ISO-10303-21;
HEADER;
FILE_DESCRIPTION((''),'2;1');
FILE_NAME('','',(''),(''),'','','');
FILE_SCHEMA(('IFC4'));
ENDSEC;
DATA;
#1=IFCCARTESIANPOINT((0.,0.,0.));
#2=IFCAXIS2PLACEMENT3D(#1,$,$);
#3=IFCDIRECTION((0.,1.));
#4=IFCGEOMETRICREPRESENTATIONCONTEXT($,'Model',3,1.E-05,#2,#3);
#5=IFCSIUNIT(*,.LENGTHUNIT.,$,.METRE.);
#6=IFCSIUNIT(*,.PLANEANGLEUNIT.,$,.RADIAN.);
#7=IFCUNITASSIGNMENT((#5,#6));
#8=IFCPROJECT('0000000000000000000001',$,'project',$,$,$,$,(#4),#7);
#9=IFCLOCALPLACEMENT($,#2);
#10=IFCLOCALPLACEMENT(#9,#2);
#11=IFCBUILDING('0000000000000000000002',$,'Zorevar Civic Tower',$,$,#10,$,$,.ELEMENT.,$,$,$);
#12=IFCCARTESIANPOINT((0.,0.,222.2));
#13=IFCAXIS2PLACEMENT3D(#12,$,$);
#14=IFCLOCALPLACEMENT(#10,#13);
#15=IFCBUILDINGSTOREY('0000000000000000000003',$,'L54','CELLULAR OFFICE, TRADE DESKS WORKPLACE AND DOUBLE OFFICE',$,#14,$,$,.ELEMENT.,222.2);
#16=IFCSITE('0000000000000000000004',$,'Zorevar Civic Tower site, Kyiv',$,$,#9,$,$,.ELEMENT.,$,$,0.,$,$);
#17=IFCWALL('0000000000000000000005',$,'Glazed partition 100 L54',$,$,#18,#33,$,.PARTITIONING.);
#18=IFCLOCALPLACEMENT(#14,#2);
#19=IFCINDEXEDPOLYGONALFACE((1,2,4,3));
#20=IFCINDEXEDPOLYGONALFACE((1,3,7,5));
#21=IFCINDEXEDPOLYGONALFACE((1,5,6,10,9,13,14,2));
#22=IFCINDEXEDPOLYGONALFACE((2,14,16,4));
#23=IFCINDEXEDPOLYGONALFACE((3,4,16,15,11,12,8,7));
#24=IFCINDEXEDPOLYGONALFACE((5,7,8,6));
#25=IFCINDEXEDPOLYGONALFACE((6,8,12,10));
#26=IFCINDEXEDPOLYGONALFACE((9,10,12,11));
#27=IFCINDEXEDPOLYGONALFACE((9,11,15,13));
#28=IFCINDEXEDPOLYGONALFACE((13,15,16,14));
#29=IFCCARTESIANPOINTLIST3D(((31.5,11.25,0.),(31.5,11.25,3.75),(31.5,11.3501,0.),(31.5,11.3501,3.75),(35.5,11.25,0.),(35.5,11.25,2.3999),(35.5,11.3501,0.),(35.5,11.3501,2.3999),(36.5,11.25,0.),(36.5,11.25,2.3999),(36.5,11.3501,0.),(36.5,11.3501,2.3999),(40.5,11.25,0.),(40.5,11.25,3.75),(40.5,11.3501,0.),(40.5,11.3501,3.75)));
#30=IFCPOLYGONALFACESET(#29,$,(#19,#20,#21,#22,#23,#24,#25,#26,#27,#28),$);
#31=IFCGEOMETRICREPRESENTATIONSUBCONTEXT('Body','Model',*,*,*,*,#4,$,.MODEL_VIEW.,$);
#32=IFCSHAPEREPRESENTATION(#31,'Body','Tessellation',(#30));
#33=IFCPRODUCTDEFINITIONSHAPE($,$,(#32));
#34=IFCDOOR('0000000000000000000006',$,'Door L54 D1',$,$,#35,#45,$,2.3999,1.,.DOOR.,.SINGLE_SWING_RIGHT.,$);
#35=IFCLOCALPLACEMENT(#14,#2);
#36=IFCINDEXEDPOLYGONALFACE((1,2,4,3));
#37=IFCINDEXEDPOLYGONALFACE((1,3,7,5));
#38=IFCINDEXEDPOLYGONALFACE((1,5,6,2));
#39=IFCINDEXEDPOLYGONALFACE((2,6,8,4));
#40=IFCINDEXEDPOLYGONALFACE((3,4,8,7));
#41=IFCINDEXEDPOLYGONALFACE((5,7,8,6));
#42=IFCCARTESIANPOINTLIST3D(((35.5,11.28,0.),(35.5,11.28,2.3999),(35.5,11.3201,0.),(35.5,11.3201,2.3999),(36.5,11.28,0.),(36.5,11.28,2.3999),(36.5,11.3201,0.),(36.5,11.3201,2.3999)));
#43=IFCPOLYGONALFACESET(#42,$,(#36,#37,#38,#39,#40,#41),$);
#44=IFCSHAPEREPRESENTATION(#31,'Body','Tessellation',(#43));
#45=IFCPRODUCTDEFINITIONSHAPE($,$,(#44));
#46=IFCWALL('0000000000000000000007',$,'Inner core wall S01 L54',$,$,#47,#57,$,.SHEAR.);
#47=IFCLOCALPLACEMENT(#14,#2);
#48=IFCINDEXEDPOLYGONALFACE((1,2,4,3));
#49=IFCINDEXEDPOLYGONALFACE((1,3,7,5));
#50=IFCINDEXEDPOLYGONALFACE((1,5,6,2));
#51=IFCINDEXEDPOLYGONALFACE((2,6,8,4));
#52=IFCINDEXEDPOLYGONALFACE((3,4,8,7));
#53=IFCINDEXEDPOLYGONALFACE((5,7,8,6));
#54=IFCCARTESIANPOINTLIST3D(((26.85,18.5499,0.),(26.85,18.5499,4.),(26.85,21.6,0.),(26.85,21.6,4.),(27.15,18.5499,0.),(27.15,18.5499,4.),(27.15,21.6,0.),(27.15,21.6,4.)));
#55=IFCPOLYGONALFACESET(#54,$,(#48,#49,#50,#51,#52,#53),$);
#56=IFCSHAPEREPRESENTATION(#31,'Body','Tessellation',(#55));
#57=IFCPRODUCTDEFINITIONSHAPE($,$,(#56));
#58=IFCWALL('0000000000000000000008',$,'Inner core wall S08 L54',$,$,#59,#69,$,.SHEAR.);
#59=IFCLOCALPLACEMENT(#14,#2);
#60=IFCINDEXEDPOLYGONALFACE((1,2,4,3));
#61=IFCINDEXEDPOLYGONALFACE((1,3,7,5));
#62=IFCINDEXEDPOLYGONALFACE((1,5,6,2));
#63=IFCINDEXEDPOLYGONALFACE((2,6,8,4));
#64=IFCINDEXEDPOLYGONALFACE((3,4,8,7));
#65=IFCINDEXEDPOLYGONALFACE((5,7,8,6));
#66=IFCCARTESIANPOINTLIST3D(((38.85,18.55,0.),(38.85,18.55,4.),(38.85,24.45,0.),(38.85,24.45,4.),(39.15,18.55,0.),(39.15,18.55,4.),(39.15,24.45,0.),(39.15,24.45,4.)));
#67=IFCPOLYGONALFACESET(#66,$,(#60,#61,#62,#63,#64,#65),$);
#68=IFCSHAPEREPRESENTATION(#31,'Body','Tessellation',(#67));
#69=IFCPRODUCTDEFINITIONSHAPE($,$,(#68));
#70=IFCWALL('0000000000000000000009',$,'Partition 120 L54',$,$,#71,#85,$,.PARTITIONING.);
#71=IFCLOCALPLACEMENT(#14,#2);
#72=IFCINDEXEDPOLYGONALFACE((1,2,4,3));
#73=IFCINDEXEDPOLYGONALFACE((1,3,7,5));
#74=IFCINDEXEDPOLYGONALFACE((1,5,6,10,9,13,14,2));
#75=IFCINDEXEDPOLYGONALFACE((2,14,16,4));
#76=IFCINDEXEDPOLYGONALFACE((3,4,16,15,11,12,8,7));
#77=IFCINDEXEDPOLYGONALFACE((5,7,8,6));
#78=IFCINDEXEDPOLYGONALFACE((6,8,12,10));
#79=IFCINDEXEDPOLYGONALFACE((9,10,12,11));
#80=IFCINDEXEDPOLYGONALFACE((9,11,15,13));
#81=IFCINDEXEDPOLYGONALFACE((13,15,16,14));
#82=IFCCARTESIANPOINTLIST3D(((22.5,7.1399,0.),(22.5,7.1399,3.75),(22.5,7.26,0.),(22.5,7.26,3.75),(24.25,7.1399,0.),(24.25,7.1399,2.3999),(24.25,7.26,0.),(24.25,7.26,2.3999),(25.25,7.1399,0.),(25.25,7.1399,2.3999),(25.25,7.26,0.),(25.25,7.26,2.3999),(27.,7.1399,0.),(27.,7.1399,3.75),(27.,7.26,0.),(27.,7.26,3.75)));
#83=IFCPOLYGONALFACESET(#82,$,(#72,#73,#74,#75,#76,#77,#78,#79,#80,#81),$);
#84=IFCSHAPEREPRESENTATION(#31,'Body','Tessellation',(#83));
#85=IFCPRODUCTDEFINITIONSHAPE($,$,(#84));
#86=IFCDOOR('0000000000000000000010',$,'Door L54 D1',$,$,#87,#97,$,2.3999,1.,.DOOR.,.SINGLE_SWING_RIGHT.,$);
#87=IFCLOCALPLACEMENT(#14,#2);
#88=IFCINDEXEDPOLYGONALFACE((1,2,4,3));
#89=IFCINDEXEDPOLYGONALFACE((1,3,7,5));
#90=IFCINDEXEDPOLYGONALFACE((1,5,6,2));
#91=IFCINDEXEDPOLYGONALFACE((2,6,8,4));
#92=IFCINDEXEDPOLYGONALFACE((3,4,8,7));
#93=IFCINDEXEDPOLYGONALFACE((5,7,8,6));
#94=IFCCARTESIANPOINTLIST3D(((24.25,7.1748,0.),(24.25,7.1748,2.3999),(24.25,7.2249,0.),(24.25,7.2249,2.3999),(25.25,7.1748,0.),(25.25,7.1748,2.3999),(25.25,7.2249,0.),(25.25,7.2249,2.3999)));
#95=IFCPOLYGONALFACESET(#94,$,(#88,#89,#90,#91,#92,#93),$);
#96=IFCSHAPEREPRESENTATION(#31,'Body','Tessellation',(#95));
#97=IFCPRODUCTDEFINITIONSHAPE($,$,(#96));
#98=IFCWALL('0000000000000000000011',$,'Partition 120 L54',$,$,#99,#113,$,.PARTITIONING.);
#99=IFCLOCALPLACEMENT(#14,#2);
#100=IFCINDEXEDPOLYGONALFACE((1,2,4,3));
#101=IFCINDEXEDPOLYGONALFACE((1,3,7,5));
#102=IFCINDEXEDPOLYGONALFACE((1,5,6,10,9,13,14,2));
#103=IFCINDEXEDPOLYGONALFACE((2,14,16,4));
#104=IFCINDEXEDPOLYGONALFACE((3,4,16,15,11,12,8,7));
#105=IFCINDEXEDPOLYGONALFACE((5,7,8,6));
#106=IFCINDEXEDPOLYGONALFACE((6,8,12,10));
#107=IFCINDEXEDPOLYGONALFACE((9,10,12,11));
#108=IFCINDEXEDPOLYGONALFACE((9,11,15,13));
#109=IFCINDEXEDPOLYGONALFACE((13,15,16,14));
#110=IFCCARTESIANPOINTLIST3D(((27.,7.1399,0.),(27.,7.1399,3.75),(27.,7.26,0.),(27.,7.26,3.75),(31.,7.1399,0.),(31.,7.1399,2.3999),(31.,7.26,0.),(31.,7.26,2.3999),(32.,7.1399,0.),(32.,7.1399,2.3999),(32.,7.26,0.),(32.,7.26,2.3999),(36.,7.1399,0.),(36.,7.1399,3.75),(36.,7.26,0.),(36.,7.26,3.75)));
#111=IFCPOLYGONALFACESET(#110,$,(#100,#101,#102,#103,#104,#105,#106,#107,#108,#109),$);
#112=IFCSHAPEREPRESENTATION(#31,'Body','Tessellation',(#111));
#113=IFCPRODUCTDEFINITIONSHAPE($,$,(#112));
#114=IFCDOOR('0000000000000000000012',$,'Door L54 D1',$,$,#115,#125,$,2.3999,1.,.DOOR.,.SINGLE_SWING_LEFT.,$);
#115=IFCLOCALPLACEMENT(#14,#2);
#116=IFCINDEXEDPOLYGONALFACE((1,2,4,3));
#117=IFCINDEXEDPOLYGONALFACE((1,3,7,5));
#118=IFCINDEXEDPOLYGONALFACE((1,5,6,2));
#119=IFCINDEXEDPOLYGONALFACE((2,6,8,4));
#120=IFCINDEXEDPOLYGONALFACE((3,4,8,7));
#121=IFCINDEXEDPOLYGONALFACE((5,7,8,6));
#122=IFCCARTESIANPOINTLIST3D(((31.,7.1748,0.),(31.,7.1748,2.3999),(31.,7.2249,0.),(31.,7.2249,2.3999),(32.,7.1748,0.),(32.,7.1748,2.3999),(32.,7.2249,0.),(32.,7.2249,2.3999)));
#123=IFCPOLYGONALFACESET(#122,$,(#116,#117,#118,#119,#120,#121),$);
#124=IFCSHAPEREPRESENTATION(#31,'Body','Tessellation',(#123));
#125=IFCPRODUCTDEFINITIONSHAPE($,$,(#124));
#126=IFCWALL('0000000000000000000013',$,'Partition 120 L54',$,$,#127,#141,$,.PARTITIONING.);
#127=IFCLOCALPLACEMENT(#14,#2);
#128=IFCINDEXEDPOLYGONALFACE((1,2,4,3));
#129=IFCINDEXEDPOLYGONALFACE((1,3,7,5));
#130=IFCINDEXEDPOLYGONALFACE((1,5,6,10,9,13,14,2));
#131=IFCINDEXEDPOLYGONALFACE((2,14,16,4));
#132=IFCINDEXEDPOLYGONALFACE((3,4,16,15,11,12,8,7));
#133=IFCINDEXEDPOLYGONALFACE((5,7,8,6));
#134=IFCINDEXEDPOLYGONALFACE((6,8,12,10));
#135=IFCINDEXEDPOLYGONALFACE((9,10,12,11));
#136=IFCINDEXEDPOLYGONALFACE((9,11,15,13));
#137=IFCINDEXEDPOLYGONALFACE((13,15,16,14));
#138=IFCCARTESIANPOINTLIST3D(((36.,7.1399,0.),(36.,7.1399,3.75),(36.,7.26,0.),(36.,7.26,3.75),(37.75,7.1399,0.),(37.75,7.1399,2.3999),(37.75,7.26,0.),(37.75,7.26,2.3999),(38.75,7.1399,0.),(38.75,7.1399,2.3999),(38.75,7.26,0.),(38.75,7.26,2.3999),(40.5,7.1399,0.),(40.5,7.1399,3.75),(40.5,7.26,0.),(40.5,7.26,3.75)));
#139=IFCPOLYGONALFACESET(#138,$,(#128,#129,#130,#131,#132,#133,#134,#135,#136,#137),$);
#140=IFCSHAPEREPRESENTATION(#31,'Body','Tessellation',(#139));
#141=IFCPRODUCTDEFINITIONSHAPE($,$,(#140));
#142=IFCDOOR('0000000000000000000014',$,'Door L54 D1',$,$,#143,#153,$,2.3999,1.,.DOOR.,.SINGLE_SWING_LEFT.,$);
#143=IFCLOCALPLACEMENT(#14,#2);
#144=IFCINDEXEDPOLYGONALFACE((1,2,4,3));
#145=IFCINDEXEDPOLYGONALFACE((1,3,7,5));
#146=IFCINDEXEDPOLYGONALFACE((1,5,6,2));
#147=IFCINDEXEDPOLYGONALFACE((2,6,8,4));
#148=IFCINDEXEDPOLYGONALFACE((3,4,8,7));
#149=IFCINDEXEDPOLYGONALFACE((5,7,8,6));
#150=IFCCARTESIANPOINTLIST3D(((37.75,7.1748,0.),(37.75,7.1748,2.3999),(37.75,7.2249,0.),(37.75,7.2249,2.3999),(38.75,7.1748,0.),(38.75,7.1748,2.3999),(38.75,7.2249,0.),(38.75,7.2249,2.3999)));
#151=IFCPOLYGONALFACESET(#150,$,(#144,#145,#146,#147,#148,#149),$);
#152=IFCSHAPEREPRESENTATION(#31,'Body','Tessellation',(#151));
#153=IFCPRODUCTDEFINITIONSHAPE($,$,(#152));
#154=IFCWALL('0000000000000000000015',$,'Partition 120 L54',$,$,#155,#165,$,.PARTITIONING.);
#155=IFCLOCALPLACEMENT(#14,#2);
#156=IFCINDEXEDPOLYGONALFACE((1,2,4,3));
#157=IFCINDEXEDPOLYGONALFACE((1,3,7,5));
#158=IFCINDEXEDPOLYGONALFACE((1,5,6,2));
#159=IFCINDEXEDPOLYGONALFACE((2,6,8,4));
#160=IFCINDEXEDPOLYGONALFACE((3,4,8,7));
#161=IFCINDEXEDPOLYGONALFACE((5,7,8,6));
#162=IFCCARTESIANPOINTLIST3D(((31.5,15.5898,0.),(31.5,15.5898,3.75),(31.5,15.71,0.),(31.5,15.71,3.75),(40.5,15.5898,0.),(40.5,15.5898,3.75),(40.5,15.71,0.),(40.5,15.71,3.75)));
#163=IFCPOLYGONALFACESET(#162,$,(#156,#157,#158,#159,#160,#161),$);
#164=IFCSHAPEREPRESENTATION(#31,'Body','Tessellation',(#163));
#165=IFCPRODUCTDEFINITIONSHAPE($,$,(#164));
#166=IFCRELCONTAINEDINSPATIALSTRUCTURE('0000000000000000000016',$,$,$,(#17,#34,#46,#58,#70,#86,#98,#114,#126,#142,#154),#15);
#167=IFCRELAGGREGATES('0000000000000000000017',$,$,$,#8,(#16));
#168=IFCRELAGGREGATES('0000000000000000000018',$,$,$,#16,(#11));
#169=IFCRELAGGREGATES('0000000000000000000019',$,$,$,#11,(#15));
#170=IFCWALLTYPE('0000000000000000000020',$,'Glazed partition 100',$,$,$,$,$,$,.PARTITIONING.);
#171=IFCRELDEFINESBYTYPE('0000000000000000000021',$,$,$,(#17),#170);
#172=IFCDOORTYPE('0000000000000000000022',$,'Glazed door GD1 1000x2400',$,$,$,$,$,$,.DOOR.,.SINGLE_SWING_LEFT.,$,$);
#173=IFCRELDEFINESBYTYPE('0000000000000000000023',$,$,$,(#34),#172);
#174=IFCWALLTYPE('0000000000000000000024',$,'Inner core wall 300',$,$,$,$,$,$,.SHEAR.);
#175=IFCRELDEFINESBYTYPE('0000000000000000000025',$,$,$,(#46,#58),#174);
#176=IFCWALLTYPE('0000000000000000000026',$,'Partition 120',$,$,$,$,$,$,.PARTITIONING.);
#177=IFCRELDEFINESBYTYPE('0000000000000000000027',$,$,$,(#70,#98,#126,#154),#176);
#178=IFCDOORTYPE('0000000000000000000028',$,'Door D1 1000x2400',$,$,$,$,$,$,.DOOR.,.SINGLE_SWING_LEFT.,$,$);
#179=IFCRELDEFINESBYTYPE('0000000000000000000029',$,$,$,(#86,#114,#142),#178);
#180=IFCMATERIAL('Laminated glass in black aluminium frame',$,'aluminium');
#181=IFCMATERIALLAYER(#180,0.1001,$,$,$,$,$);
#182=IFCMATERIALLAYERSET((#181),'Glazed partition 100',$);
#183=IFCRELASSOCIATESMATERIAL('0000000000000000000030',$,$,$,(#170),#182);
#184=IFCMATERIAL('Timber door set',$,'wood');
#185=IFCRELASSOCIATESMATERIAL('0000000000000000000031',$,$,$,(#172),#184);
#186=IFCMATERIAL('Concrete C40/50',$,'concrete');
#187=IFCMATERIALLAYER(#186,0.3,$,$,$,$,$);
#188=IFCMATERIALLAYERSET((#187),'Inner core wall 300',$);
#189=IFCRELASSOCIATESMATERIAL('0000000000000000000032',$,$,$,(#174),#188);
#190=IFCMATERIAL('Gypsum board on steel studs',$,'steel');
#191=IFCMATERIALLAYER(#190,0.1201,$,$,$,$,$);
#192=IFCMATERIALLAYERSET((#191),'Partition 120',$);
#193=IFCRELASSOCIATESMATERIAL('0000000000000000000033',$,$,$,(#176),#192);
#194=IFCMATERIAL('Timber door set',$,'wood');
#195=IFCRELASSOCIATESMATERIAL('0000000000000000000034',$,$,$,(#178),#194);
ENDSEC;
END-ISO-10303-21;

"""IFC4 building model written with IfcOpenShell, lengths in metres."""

from ifc_helpers import new_model, si_unit, direction, frame, frame_2d, origin, place, context, subcontext, project, spatial, rectangle, extrude, material, layer, layer_set, type_object, element, fill, save


model = new_model("IFC4")

# Units and contexts
model_context = context("Model", 3, precision=1e-05, world=origin(), true_north=direction((0.0, 1.0)))
body_context = subcontext(model_context, "Body", "Model", "MODEL_VIEW")
ifc_project = project(units=[si_unit("LENGTHUNIT", "METRE"), si_unit("PLANEANGLEUNIT", "RADIAN")], contexts=[model_context])

# Site, building, storey
site_placement = place(None, origin())
site = spatial("IfcSite", under=ifc_project, at=site_placement, Name="Zorevar Civic Tower site, Kyiv", CompositionType="ELEMENT", RefElevation=0.0)
building_placement = place(site_placement, origin())
building = spatial("IfcBuilding", under=site, at=building_placement, Name="Zorevar Civic Tower", CompositionType="ELEMENT")
storey_placement = place(building_placement, frame((0.0, 0.0, 222.2)))
storey = spatial("IfcBuildingStorey", under=building, at=storey_placement, Name="L54", Description="CELLULAR OFFICE, TRADE DESKS WORKPLACE AND DOUBLE OFFICE", CompositionType="ELEMENT", Elevation=222.2)

# Wall, opening, door
ifc_material_1 = material(Name="Laminated glass in black aluminium frame", Category="aluminium")
ifc_layer_1 = layer(ifc_material_1, 0.1001)
ifc_layer_set_1 = layer_set([ifc_layer_1], Name="Glazed partition 100")
wall_type_1 = type_object("IfcWallType", Name="Glazed partition 100", PredefinedType="PARTITIONING", material=ifc_layer_set_1)
wall_1_placement = place(storey_placement, frame((31.5, 11.3, 0.0), z_axis=(0.0, 0.0, 1.0), x_axis=(1.0, 0.0, 0.0)))
wall_1 = element("IfcWall", 1, at=wall_1_placement, inside=storey, type_object=wall_type_1, Name="Glazed partition 100 L54", PredefinedType="PARTITIONING", context=body_context, shape_type="SweptSolid", body=[
    extrude(rectangle(XDim=9.0, YDim=0.1001, at=frame_2d((4.5, 0.0))), origin(), (0.0, 0.0, 1.0), 3.75),
])
opening_1_placement = place(wall_1_placement, frame((4.0, 0.0, 0.0)))
opening_1 = element("IfcOpeningElement", 2, at=opening_1_placement, cuts=wall_1, PredefinedType="OPENING", context=body_context, shape_type="SweptSolid", body=[
    extrude(rectangle(XDim=1.0, YDim=2.3999, at=frame_2d((0.5, 1.2))), frame((0.0, 0.0601, 0.0), z_axis=(0.0, -1.0, 0.0), x_axis=(1.0, 0.0, 0.0)), (0.0, 0.0, 1.0), 0.1201),
])
ifc_material_2 = material(Name="Timber door set", Category="wood")
door_type_1 = type_object("IfcDoorType", Name="Glazed door GD1 1000x2400", OperationType="SINGLE_SWING_LEFT", PredefinedType="DOOR", material=ifc_material_2)
door_1_placement = place(opening_1_placement, origin())
door_1 = element("IfcDoor", 3, at=door_1_placement, inside=storey, type_object=door_type_1, Name="Door L54 D1", OperationType="SINGLE_SWING_RIGHT", OverallHeight=2.3999, OverallWidth=1.0, PredefinedType="DOOR", context=body_context, shape_type="SweptSolid", body=[
    extrude(rectangle(XDim=1.0, YDim=2.3999, at=frame_2d((0.5, 1.2))), frame((0.0, 0.02, 0.0), z_axis=(0.0, -1.0, 0.0), x_axis=(1.0, 0.0, 0.0)), (0.0, 0.0, 1.0), 0.04),
])
fill(opening_1, door_1)

# Walls
ifc_material_3 = material(Name="Concrete C40/50", Category="concrete")
ifc_layer_2 = layer(ifc_material_3, 0.3)
ifc_layer_set_2 = layer_set([ifc_layer_2], Name="Inner core wall 300")
wall_type_2 = type_object("IfcWallType", Name="Inner core wall 300", PredefinedType="SHEAR", material=ifc_layer_set_2)
wall_2_placement = place(storey_placement, frame((27.0, 18.55, 0.0), z_axis=(0.0, 0.0, 1.0), x_axis=(0.0, 1.0, 0.0)))
element("IfcWall", 4, at=wall_2_placement, inside=storey, type_object=wall_type_2, Name="Inner core wall S01 L54", PredefinedType="SHEAR", context=body_context, shape_type="SweptSolid", body=[
    extrude(rectangle(XDim=3.05, YDim=0.3, at=frame_2d((1.5249, 0.0))), origin(), (0.0, 0.0, 1.0), 4.0),
])
wall_3_placement = place(storey_placement, frame((39.0, 18.55, 0.0), z_axis=(0.0, 0.0, 1.0), x_axis=(0.0, 1.0, 0.0)))
element("IfcWall", 5, at=wall_3_placement, inside=storey, type_object=wall_type_2, Name="Inner core wall S08 L54", PredefinedType="SHEAR", context=body_context, shape_type="SweptSolid", body=[
    extrude(rectangle(XDim=5.8999, YDim=0.3, at=frame_2d((2.95, 0.0))), origin(), (0.0, 0.0, 1.0), 4.0),
])

# Walls, openings, doors
ifc_material_4 = material(Name="Gypsum board on steel studs", Category="steel")
ifc_layer_3 = layer(ifc_material_4, 0.1201)
ifc_layer_set_3 = layer_set([ifc_layer_3], Name="Partition 120")
wall_type_3 = type_object("IfcWallType", Name="Partition 120", PredefinedType="PARTITIONING", material=ifc_layer_set_3)
wall_4_placement = place(storey_placement, frame((22.5, 7.2, 0.0), z_axis=(0.0, 0.0, 1.0), x_axis=(1.0, 0.0, 0.0)))
wall_4 = element("IfcWall", 6, at=wall_4_placement, inside=storey, type_object=wall_type_3, Name="Partition 120 L54", PredefinedType="PARTITIONING", context=body_context, shape_type="SweptSolid", body=[
    extrude(rectangle(XDim=4.5, YDim=0.1201, at=frame_2d((2.25, 0.0))), origin(), (0.0, 0.0, 1.0), 3.75),
])
opening_2_placement = place(wall_4_placement, frame((1.75, 0.0, 0.0)))
opening_2 = element("IfcOpeningElement", 7, at=opening_2_placement, cuts=wall_4, PredefinedType="OPENING", context=body_context, shape_type="SweptSolid", body=[
    extrude(rectangle(XDim=1.0, YDim=2.3999, at=frame_2d((0.5, 1.2))), frame((0.0, 0.0701, 0.0), z_axis=(0.0, -1.0, 0.0), x_axis=(1.0, 0.0, 0.0)), (0.0, 0.0, 1.0), 0.1401),
])
ifc_material_5 = material(Name="Timber door set", Category="wood")
door_type_2 = type_object("IfcDoorType", Name="Door D1 1000x2400", OperationType="SINGLE_SWING_LEFT", PredefinedType="DOOR", material=ifc_material_5)
door_2_placement = place(opening_2_placement, origin())
door_2 = element("IfcDoor", 8, at=door_2_placement, inside=storey, type_object=door_type_2, Name="Door L54 D1", OperationType="SINGLE_SWING_RIGHT", OverallHeight=2.3999, OverallWidth=1.0, PredefinedType="DOOR", context=body_context, shape_type="SweptSolid", body=[
    extrude(rectangle(XDim=1.0, YDim=2.3999, at=frame_2d((0.5, 1.2))), frame((0.0, 0.0249, 0.0), z_axis=(0.0, -1.0, 0.0), x_axis=(1.0, 0.0, 0.0)), (0.0, 0.0, 1.0), 0.05),
])
fill(opening_2, door_2)
wall_5_placement = place(storey_placement, frame((27.0, 7.2, 0.0), z_axis=(0.0, 0.0, 1.0), x_axis=(1.0, 0.0, 0.0)))
wall_5 = element("IfcWall", 9, at=wall_5_placement, inside=storey, type_object=wall_type_3, Name="Partition 120 L54", PredefinedType="PARTITIONING", context=body_context, shape_type="SweptSolid", body=[
    extrude(rectangle(XDim=9.0, YDim=0.1201, at=frame_2d((4.5, 0.0))), origin(), (0.0, 0.0, 1.0), 3.75),
])
opening_3_placement = place(wall_5_placement, frame((4.0, 0.0, 0.0)))
opening_3 = element("IfcOpeningElement", 10, at=opening_3_placement, cuts=wall_5, PredefinedType="OPENING", context=body_context, shape_type="SweptSolid", body=[
    extrude(rectangle(XDim=1.0, YDim=2.3999, at=frame_2d((0.5, 1.2))), frame((0.0, 0.0701, 0.0), z_axis=(0.0, -1.0, 0.0), x_axis=(1.0, 0.0, 0.0)), (0.0, 0.0, 1.0), 0.1401),
])
door_3_placement = place(opening_3_placement, origin())
door_3 = element("IfcDoor", 11, at=door_3_placement, inside=storey, type_object=door_type_2, Name="Door L54 D1", OperationType="SINGLE_SWING_LEFT", OverallHeight=2.3999, OverallWidth=1.0, PredefinedType="DOOR", context=body_context, shape_type="SweptSolid", body=[
    extrude(rectangle(XDim=1.0, YDim=2.3999, at=frame_2d((0.5, 1.2))), frame((0.0, 0.0249, 0.0), z_axis=(0.0, -1.0, 0.0), x_axis=(1.0, 0.0, 0.0)), (0.0, 0.0, 1.0), 0.05),
])
fill(opening_3, door_3)
wall_6_placement = place(storey_placement, frame((36.0, 7.2, 0.0), z_axis=(0.0, 0.0, 1.0), x_axis=(1.0, 0.0, 0.0)))
wall_6 = element("IfcWall", 12, at=wall_6_placement, inside=storey, type_object=wall_type_3, Name="Partition 120 L54", PredefinedType="PARTITIONING", context=body_context, shape_type="SweptSolid", body=[
    extrude(rectangle(XDim=4.5, YDim=0.1201, at=frame_2d((2.25, 0.0))), origin(), (0.0, 0.0, 1.0), 3.75),
])
opening_4_placement = place(wall_6_placement, frame((1.75, 0.0, 0.0)))
opening_4 = element("IfcOpeningElement", 13, at=opening_4_placement, cuts=wall_6, PredefinedType="OPENING", context=body_context, shape_type="SweptSolid", body=[
    extrude(rectangle(XDim=1.0, YDim=2.3999, at=frame_2d((0.5, 1.2))), frame((0.0, 0.0701, 0.0), z_axis=(0.0, -1.0, 0.0), x_axis=(1.0, 0.0, 0.0)), (0.0, 0.0, 1.0), 0.1401),
])
door_4_placement = place(opening_4_placement, origin())
door_4 = element("IfcDoor", 14, at=door_4_placement, inside=storey, type_object=door_type_2, Name="Door L54 D1", OperationType="SINGLE_SWING_LEFT", OverallHeight=2.3999, OverallWidth=1.0, PredefinedType="DOOR", context=body_context, shape_type="SweptSolid", body=[
    extrude(rectangle(XDim=1.0, YDim=2.3999, at=frame_2d((0.5, 1.2))), frame((0.0, 0.0249, 0.0), z_axis=(0.0, -1.0, 0.0), x_axis=(1.0, 0.0, 0.0)), (0.0, 0.0, 1.0), 0.05),
])
fill(opening_4, door_4)

# Wall
wall_7_placement = place(storey_placement, frame((31.5, 15.6499, 0.0), z_axis=(0.0, 0.0, 1.0), x_axis=(1.0, 0.0, 0.0)))
element("IfcWall", 15, at=wall_7_placement, inside=storey, type_object=wall_type_3, Name="Partition 120 L54", PredefinedType="PARTITIONING", context=body_context, shape_type="SweptSolid", body=[
    extrude(rectangle(XDim=9.0, YDim=0.1201, at=frame_2d((4.5, 0.0))), origin(), (0.0, 0.0, 1.0), 3.75),
])

save(model, "model.ifc")
